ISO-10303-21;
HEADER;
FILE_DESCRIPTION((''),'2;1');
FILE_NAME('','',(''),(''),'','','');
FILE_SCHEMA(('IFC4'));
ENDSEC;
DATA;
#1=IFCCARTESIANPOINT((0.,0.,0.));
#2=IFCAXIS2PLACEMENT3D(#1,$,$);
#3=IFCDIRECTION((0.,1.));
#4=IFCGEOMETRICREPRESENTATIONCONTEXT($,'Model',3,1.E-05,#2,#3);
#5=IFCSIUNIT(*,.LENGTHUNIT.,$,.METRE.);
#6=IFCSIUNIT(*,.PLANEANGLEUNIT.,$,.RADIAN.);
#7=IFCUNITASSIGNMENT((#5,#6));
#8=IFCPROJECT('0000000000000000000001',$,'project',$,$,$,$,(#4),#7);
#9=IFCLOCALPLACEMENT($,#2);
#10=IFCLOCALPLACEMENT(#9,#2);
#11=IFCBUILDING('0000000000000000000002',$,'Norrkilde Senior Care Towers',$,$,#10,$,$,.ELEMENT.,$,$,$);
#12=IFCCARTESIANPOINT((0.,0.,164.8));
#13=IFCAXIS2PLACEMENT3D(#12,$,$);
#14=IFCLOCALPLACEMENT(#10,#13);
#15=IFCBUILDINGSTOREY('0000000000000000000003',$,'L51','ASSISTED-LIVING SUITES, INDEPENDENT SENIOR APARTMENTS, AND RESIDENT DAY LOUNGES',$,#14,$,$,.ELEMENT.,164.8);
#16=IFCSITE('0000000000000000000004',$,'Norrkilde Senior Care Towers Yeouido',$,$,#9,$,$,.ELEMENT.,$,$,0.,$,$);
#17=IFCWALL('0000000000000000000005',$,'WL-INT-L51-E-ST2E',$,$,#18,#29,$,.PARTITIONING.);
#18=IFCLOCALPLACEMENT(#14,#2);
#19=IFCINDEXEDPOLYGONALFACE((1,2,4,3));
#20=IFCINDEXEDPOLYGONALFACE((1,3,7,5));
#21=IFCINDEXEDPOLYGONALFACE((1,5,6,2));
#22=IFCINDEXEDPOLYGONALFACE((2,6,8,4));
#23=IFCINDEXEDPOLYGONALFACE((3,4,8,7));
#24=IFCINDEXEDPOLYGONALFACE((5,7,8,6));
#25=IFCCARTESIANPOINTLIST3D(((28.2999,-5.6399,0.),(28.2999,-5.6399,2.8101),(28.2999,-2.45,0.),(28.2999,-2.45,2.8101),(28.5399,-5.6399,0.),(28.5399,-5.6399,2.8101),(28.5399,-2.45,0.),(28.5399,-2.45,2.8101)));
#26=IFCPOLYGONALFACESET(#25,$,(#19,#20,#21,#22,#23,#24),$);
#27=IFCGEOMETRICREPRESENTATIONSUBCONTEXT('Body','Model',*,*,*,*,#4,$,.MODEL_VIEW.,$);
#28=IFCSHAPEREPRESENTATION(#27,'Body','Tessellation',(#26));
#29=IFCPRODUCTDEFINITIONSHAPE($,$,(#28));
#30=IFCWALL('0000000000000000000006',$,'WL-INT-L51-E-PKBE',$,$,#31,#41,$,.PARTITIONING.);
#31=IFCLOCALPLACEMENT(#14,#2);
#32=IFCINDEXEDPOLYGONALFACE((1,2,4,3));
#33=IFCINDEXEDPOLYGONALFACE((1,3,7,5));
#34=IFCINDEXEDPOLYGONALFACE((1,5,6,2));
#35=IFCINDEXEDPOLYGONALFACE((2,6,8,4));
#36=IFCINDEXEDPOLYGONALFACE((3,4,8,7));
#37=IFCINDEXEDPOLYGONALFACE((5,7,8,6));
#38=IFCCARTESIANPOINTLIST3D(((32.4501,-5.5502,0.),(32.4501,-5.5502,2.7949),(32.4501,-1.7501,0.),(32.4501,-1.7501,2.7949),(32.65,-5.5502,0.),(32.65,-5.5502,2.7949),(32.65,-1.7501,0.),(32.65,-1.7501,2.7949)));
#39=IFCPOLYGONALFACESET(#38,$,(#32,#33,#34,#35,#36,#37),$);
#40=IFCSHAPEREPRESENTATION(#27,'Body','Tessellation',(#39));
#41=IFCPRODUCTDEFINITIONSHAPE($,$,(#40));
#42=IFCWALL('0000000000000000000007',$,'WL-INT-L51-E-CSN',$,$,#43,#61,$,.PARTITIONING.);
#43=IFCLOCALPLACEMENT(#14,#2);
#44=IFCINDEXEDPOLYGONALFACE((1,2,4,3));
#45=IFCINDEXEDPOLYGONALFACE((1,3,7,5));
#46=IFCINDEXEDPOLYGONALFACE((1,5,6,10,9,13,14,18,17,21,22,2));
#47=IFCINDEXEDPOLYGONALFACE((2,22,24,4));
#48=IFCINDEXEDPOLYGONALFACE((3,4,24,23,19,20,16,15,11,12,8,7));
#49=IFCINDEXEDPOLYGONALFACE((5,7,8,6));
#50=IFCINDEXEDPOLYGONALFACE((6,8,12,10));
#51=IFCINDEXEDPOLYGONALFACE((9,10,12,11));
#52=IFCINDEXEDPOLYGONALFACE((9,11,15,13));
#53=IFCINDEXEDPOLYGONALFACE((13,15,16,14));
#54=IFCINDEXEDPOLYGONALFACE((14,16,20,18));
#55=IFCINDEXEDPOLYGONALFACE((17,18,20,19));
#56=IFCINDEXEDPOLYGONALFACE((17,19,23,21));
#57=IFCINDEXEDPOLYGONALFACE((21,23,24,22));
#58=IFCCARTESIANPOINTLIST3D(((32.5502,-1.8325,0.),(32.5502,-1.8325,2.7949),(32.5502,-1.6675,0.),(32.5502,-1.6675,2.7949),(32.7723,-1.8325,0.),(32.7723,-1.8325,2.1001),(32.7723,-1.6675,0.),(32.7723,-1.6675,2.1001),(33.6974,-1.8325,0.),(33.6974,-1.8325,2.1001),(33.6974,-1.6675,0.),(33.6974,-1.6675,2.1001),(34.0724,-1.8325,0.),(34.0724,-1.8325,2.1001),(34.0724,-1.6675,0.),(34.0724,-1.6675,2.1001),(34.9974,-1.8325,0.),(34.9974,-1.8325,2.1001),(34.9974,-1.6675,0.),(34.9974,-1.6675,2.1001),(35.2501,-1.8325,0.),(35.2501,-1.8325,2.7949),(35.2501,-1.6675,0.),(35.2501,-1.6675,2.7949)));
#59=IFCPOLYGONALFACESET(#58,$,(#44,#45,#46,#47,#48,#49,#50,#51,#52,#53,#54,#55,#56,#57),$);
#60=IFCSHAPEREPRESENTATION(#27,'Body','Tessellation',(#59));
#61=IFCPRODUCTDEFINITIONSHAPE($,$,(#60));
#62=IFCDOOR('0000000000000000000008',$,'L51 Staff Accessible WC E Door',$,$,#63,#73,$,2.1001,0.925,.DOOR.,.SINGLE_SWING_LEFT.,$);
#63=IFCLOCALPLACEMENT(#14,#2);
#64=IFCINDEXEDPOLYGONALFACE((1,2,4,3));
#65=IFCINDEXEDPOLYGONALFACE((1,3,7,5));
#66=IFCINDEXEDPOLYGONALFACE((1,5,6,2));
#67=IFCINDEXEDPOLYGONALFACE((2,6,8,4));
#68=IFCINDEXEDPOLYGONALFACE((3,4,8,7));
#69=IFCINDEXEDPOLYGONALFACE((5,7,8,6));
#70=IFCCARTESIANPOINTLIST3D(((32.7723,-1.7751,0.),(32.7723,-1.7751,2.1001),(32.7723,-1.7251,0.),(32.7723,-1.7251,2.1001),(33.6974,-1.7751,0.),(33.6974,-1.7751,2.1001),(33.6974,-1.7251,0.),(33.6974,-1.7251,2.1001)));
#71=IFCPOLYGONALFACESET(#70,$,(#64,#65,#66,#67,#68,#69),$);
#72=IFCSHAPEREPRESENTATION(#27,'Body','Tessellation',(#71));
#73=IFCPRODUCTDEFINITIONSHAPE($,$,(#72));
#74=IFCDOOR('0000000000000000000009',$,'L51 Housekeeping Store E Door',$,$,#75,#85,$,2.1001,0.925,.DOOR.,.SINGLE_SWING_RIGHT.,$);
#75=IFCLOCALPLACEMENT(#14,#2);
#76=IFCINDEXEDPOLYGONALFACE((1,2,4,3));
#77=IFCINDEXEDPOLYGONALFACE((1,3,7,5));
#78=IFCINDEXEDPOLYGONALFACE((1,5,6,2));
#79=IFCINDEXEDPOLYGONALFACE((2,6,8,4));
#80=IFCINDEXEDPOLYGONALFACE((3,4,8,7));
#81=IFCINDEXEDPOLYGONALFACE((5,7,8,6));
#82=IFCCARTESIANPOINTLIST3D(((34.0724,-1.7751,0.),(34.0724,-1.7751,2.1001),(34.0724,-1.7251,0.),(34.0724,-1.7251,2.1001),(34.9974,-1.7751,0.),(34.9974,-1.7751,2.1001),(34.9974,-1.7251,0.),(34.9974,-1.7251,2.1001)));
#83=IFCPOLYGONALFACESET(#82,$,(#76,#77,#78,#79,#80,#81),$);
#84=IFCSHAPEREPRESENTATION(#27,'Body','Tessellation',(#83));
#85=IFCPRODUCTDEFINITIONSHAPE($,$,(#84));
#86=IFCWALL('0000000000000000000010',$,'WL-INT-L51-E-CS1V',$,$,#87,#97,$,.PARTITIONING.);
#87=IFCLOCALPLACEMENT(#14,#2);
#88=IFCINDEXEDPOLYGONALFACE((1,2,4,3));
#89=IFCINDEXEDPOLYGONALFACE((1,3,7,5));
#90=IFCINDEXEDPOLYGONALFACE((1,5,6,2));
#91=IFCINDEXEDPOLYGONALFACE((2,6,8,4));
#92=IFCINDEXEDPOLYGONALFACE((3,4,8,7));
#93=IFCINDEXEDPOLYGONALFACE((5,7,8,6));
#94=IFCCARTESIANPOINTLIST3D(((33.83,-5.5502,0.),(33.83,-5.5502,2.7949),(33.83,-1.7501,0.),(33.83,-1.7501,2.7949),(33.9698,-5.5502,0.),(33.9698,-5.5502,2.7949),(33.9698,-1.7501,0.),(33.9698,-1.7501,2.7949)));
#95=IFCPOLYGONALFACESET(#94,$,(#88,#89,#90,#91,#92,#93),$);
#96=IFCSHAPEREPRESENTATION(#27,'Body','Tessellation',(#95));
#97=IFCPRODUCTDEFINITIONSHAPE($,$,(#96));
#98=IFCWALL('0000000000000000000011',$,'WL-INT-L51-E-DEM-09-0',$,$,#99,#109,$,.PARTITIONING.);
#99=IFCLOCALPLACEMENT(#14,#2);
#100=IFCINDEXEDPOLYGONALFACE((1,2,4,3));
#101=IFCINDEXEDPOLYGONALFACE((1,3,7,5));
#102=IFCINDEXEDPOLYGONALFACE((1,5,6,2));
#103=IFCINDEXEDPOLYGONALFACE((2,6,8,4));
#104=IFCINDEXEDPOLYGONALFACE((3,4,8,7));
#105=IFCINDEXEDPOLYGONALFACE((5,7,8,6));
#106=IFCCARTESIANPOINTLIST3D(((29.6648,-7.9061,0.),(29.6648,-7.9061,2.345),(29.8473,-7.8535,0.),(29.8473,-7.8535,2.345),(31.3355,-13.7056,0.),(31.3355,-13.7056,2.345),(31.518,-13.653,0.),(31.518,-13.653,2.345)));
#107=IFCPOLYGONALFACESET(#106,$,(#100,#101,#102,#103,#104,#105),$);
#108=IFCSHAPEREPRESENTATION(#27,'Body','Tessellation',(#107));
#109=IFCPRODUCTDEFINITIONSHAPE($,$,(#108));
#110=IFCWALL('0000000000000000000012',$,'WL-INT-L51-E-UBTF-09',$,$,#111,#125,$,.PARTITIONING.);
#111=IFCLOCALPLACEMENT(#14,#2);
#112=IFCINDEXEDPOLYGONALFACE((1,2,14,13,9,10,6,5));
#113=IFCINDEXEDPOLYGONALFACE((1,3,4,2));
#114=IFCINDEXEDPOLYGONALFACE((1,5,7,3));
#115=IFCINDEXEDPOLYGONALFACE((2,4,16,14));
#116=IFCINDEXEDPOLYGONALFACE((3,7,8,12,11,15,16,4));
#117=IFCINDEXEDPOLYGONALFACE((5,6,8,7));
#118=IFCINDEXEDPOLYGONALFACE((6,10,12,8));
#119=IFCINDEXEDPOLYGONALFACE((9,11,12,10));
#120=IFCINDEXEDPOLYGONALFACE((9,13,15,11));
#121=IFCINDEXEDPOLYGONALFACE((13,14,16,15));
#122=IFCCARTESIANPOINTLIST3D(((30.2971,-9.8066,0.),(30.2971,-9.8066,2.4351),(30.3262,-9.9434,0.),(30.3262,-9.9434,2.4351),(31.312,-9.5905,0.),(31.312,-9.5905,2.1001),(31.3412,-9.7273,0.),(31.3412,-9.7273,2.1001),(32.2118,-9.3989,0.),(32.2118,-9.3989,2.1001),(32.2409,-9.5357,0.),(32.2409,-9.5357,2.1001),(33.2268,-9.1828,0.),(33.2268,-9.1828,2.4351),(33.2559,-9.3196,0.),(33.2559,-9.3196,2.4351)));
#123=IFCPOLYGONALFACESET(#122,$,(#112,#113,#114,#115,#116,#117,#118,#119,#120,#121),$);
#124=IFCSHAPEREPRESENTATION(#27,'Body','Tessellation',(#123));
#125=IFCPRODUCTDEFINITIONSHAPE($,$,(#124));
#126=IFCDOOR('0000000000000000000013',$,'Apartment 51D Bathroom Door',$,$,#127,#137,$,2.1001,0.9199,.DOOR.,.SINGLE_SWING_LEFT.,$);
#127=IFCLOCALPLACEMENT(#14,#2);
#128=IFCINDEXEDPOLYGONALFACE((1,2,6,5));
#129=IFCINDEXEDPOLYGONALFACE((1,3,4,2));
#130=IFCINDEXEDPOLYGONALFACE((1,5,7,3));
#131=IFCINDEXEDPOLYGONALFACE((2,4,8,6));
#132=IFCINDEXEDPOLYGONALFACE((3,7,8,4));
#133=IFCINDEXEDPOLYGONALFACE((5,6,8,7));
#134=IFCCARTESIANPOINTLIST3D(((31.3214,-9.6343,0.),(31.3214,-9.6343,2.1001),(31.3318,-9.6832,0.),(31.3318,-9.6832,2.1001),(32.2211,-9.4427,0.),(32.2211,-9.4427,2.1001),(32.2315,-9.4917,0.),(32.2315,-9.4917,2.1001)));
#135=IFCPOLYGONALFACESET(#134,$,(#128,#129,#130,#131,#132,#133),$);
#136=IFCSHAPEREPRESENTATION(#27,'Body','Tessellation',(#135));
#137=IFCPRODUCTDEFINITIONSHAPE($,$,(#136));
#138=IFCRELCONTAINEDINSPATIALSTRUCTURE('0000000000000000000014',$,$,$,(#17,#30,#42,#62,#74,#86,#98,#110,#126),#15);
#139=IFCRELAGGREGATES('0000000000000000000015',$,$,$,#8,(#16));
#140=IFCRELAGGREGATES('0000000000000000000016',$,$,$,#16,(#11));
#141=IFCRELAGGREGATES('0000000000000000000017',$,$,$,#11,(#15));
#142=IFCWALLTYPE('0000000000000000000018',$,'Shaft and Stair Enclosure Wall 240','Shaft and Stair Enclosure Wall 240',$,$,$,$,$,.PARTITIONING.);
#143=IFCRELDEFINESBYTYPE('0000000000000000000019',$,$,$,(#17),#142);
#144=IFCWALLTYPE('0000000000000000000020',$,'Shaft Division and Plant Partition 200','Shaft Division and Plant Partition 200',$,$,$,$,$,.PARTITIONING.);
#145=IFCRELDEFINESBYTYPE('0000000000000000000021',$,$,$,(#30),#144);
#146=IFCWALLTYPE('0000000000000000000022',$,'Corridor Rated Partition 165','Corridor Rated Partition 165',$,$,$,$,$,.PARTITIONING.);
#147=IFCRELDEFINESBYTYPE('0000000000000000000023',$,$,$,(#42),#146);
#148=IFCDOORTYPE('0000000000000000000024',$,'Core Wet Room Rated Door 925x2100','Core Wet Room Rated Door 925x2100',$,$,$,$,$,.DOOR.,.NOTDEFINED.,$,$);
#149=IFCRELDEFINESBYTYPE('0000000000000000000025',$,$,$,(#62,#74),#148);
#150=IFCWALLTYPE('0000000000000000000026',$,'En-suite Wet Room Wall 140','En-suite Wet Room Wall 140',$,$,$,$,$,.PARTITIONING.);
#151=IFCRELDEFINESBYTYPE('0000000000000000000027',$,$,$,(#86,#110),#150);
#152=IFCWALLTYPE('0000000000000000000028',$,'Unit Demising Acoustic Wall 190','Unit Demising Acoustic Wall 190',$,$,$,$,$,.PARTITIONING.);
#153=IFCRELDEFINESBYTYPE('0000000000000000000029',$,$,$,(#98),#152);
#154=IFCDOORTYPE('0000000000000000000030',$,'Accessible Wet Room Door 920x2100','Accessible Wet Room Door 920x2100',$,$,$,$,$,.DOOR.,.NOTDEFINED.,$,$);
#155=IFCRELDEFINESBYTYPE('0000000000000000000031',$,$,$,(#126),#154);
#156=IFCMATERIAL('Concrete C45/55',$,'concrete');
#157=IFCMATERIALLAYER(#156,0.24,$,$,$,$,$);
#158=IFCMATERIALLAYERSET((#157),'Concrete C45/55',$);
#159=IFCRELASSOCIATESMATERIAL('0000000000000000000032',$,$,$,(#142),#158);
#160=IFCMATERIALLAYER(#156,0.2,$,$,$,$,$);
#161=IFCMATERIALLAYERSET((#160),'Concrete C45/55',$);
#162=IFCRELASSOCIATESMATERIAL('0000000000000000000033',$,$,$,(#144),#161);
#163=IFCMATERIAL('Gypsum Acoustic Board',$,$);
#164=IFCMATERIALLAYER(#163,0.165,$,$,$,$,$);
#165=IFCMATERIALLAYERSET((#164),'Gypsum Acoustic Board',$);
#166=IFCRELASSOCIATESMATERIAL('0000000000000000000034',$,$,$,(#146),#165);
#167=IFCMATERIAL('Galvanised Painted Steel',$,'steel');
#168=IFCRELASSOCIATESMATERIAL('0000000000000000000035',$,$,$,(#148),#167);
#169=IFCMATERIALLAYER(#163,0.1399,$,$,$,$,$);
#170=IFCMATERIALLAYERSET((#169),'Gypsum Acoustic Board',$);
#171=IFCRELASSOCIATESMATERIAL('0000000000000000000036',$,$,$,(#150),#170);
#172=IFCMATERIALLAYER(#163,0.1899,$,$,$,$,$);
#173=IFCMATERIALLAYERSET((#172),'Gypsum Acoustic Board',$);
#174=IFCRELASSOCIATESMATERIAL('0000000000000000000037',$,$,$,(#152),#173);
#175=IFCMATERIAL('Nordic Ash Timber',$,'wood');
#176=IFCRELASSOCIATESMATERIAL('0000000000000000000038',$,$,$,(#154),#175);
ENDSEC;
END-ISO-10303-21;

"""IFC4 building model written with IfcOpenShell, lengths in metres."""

from ifc_helpers import new_model, si_unit, direction, frame, frame_2d, origin, place, context, subcontext, project, spatial, rectangle, extrude, source, transform, mapped, material, layer, layer_set, type_object, type_shapes, element, fill, save


model = new_model("IFC4")

# Units and contexts
model_context = context("Model", 3, precision=1e-05, world=origin(), true_north=direction((0.0, 1.0)))
body_context = subcontext(model_context, "Body", "Model", "MODEL_VIEW")
ifc_project = project(units=[si_unit("LENGTHUNIT", "METRE"), si_unit("PLANEANGLEUNIT", "RADIAN")], contexts=[model_context])

# Site, building, storey
site_placement = place(None, origin())
site = spatial("IfcSite", under=ifc_project, at=site_placement, Name="Norrkilde Senior Care Towers Yeouido", CompositionType="ELEMENT", RefElevation=0.0)
building_placement = place(site_placement, origin())
building = spatial("IfcBuilding", under=site, at=building_placement, Name="Norrkilde Senior Care Towers", CompositionType="ELEMENT")
storey_placement = place(building_placement, frame((0.0, 0.0, 164.8)))
storey = spatial("IfcBuildingStorey", under=building, at=storey_placement, Name="L51", Description="ASSISTED-LIVING SUITES, INDEPENDENT SENIOR APARTMENTS, AND RESIDENT DAY LOUNGES", CompositionType="ELEMENT", Elevation=164.8)

# Walls
ifc_material_1 = material(Name="Concrete C45/55", Category="concrete")
ifc_layer_1 = layer(ifc_material_1, 0.24)
ifc_layer_set_1 = layer_set([ifc_layer_1], Name="Concrete C45/55")
wall_type_1 = type_object("IfcWallType", Name="Shaft and Stair Enclosure Wall 240", Description="Shaft and Stair Enclosure Wall 240", PredefinedType="PARTITIONING", material=ifc_layer_set_1)
shared_shape_1 = source(origin(), body_context, "Body", "SweptSolid", [
    extrude(rectangle(XDim=3.1899, YDim=0.24, at=frame_2d((1.595, 0.0))), origin(), (0.0, 0.0, 1.0), 2.8101),
])
type_shapes(wall_type_1, [shared_shape_1])
wall_1_placement = place(storey_placement, frame((28.4199, -5.6399, 0.0), z_axis=(0.0, 0.0, 1.0), x_axis=(0.0, 1.0, 0.0)))
element("IfcWall", 1, at=wall_1_placement, inside=storey, type_object=wall_type_1, Name="WL-INT-L51-E-ST2E", PredefinedType="PARTITIONING", context=body_context, shape_type="MappedRepresentation", body=[
    mapped(shared_shape_1, transform((0.0, 0.0, 0.0), x_axis=(1.0, 0.0, 0.0), y_axis=(0.0, 1.0, 0.0), z_axis=(0.0, 0.0, 1.0), scale=1.0)),
])
ifc_layer_2 = layer(ifc_material_1, 0.2)
ifc_layer_set_2 = layer_set([ifc_layer_2], Name="Concrete C45/55")
wall_type_2 = type_object("IfcWallType", Name="Shaft Division and Plant Partition 200", Description="Shaft Division and Plant Partition 200", PredefinedType="PARTITIONING", material=ifc_layer_set_2)
shared_shape_2 = source(origin(), body_context, "Body", "SweptSolid", [
    extrude(rectangle(XDim=3.8, YDim=0.2, at=frame_2d((1.8999, 0.0))), origin(), (0.0, 0.0, 1.0), 2.7949),
])
type_shapes(wall_type_2, [shared_shape_2])
wall_2_placement = place(storey_placement, frame((32.55, -5.55, 0.0), z_axis=(0.0, 0.0, 1.0), x_axis=(0.0, 1.0, 0.0)))
element("IfcWall", 2, at=wall_2_placement, inside=storey, type_object=wall_type_2, Name="WL-INT-L51-E-PKBE", PredefinedType="PARTITIONING", context=body_context, shape_type="MappedRepresentation", body=[
    mapped(shared_shape_2, transform((0.0, 0.0, 0.0), x_axis=(1.0, 0.0, 0.0), y_axis=(0.0, 1.0, 0.0), z_axis=(0.0, 0.0, 1.0), scale=1.0)),
])

# Wall, openings, doors
ifc_material_2 = material(Name="Gypsum Acoustic Board")
ifc_layer_3 = layer(ifc_material_2, 0.165)
ifc_layer_set_3 = layer_set([ifc_layer_3], Name="Gypsum Acoustic Board")
wall_type_3 = type_object("IfcWallType", Name="Corridor Rated Partition 165", Description="Corridor Rated Partition 165", PredefinedType="PARTITIONING", material=ifc_layer_set_3)
shared_shape_3 = source(origin(), body_context, "Body", "SweptSolid", [
    extrude(rectangle(XDim=2.7, YDim=0.165, at=frame_2d((1.3501, 0.0))), origin(), (0.0, 0.0, 1.0), 2.7949),
])
wall_3_placement = place(storey_placement, frame((32.55, -1.75, 0.0), z_axis=(0.0, 0.0, 1.0), x_axis=(1.0, 0.0, 0.0)))
wall_3 = element("IfcWall", 3, at=wall_3_placement, inside=storey, type_object=wall_type_3, Name="WL-INT-L51-E-CSN", PredefinedType="PARTITIONING", context=body_context, shape_type="MappedRepresentation", body=[
    mapped(shared_shape_3, transform((0.0, 0.0, 0.0), x_axis=(1.0, 0.0, 0.0), y_axis=(0.0, 1.0, 0.0), z_axis=(0.0, 0.0, 1.0), scale=1.0)),
])
opening_1_placement = place(wall_3_placement, frame((0.2224, 0.0, 0.0)))
opening_1 = element("IfcOpeningElement", 4, at=opening_1_placement, cuts=wall_3, PredefinedType="OPENING", context=body_context, shape_type="SweptSolid", body=[
    extrude(rectangle(XDim=0.925, YDim=2.1001, at=frame_2d((0.4624, 1.05))), frame((0.0, 0.0925, 0.0), z_axis=(0.0, -1.0, 0.0), x_axis=(1.0, 0.0, 0.0)), (0.0, 0.0, 1.0), 0.1851),
])
opening_2_placement = place(wall_3_placement, frame((1.5225, 0.0, 0.0)))
opening_2 = element("IfcOpeningElement", 5, at=opening_2_placement, cuts=wall_3, PredefinedType="OPENING", context=body_context, shape_type="SweptSolid", body=[
    extrude(rectangle(XDim=0.925, YDim=2.1001, at=frame_2d((0.4624, 1.05))), frame((0.0, 0.0925, 0.0), z_axis=(0.0, -1.0, 0.0), x_axis=(1.0, 0.0, 0.0)), (0.0, 0.0, 1.0), 0.1851),
])
ifc_material_3 = material(Name="Galvanised Painted Steel", Category="steel")
door_type_1 = type_object("IfcDoorType", Name="Core Wet Room Rated Door 925x2100", Description="Core Wet Room Rated Door 925x2100", OperationType="NOTDEFINED", PredefinedType="DOOR", material=ifc_material_3)
shared_shape_4 = source(origin(), body_context, "Body", "SweptSolid", [
    extrude(rectangle(XDim=0.925, YDim=2.1001, at=frame_2d((0.4624, 1.05))), frame((0.0, 0.0249, 0.0), z_axis=(0.0, -1.0, 0.0), x_axis=(1.0, 0.0, 0.0)), (0.0, 0.0, 1.0), 0.05),
])
type_shapes(door_type_1, [shared_shape_4])
door_1_placement = place(opening_1_placement, origin())
door_1 = element("IfcDoor", 6, at=door_1_placement, inside=storey, type_object=door_type_1, Name="L51 Staff Accessible WC E Door", OperationType="SINGLE_SWING_LEFT", OverallHeight=2.1001, OverallWidth=0.925, PredefinedType="DOOR", context=body_context, shape_type="MappedRepresentation", body=[
    mapped(shared_shape_4, transform((0.0, 0.0, 0.0), x_axis=(1.0, 0.0, 0.0), y_axis=(0.0, 1.0, 0.0), z_axis=(0.0, 0.0, 1.0), scale=1.0)),
])
fill(opening_1, door_1)
door_2_placement = place(opening_2_placement, origin())
door_2 = element("IfcDoor", 7, at=door_2_placement, inside=storey, type_object=door_type_1, Name="L51 Housekeeping Store E Door", OperationType="SINGLE_SWING_RIGHT", OverallHeight=2.1001, OverallWidth=0.925, PredefinedType="DOOR", context=body_context, shape_type="MappedRepresentation", body=[
    mapped(shared_shape_4, transform((0.0, 0.0, 0.0), x_axis=(1.0, 0.0, 0.0), y_axis=(0.0, 1.0, 0.0), z_axis=(0.0, 0.0, 1.0), scale=1.0)),
])
fill(opening_2, door_2)

# Walls
ifc_layer_4 = layer(ifc_material_2, 0.1399)
ifc_layer_set_4 = layer_set([ifc_layer_4], Name="Gypsum Acoustic Board")
wall_type_4 = type_object("IfcWallType", Name="En-suite Wet Room Wall 140", Description="En-suite Wet Room Wall 140", PredefinedType="PARTITIONING", material=ifc_layer_set_4)
shared_shape_5 = source(origin(), body_context, "Body", "SweptSolid", [
    extrude(rectangle(XDim=3.8, YDim=0.1399, at=frame_2d((1.8999, 0.0))), origin(), (0.0, 0.0, 1.0), 2.7949),
])
wall_4_placement = place(storey_placement, frame((33.8999, -5.55, 0.0), z_axis=(0.0, 0.0, 1.0), x_axis=(0.0, 1.0, 0.0)))
element("IfcWall", 8, at=wall_4_placement, inside=storey, type_object=wall_type_4, Name="WL-INT-L51-E-CS1V", PredefinedType="PARTITIONING", context=body_context, shape_type="MappedRepresentation", body=[
    mapped(shared_shape_5, transform((0.0, 0.0, 0.0), x_axis=(1.0, 0.0, 0.0), y_axis=(0.0, 1.0, 0.0), z_axis=(0.0, 0.0, 1.0), scale=1.0)),
])
ifc_layer_5 = layer(ifc_material_2, 0.1899)
ifc_layer_set_5 = layer_set([ifc_layer_5], Name="Gypsum Acoustic Board")
wall_type_5 = type_object("IfcWallType", Name="Unit Demising Acoustic Wall 190", Description="Unit Demising Acoustic Wall 190", PredefinedType="PARTITIONING", material=ifc_layer_set_5)
shared_shape_6 = source(origin(), body_context, "Body", "SweptSolid", [
    extrude(rectangle(XDim=6.0354, YDim=0.1899, at=frame_2d((3.0176, 0.0))), origin(), (0.0, 0.0, 1.0), 2.345),
])
type_shapes(wall_type_5, [shared_shape_6])
wall_5_placement = place(storey_placement, frame((29.7561, -7.8799, 0.0), z_axis=(0.0, 0.0, 1.0), x_axis=(0.276809, -0.960925, 0.0)))
element("IfcWall", 9, at=wall_5_placement, inside=storey, type_object=wall_type_5, Name="WL-INT-L51-E-DEM-09-0", PredefinedType="PARTITIONING", context=body_context, shape_type="MappedRepresentation", body=[
    mapped(shared_shape_6, transform((0.0, 0.0, 0.0), x_axis=(1.0, 0.0, 0.0), y_axis=(0.0, 1.0, 0.0), z_axis=(0.0, 0.0, 1.0), scale=1.0)),
])

# Wall, opening, door
shared_shape_7 = source(origin(), body_context, "Body", "SweptSolid", [
    extrude(rectangle(XDim=2.9954, YDim=0.1399, at=frame_2d((1.4976, 0.0))), origin(), (0.0, 0.0, 1.0), 2.4351),
])
wall_6_placement = place(storey_placement, frame((33.2412, -9.2512, 0.0), z_axis=(0.0, 0.0, 1.0), x_axis=(-0.978076, -0.208249, 0.0)))
wall_6 = element("IfcWall", 10, at=wall_6_placement, inside=storey, type_object=wall_type_4, Name="WL-INT-L51-E-UBTF-09", PredefinedType="PARTITIONING", context=body_context, shape_type="MappedRepresentation", body=[
    mapped(shared_shape_7, transform((0.0, 0.0, 0.0), x_axis=(1.0, 0.0, 0.0), y_axis=(0.0, 1.0, 0.0), z_axis=(0.0, 0.0, 1.0), scale=1.0)),
])
opening_3_placement = place(wall_6_placement, frame((1.0376, 0.0, 0.0)))
opening_3 = element("IfcOpeningElement", 11, at=opening_3_placement, cuts=wall_6, PredefinedType="OPENING", context=body_context, shape_type="SweptSolid", body=[
    extrude(rectangle(XDim=0.9199, YDim=2.1001, at=frame_2d((0.46, 1.05))), frame((0.0, 0.0798, 0.0), z_axis=(0.0, -1.0, 0.0), x_axis=(1.0, 0.0, 0.0)), (0.0, 0.0, 1.0), 0.1599),
])
ifc_material_4 = material(Name="Nordic Ash Timber", Category="wood")
door_type_2 = type_object("IfcDoorType", Name="Accessible Wet Room Door 920x2100", Description="Accessible Wet Room Door 920x2100", OperationType="NOTDEFINED", PredefinedType="DOOR", material=ifc_material_4)
shared_shape_8 = source(origin(), body_context, "Body", "SweptSolid", [
    extrude(rectangle(XDim=0.9199, YDim=2.1001, at=frame_2d((0.46, 1.05))), frame((0.0, 0.0249, 0.0), z_axis=(0.0, -1.0, 0.0), x_axis=(1.0, 0.0, 0.0)), (0.0, 0.0, 1.0), 0.05),
])
type_shapes(door_type_2, [shared_shape_8])
door_3_placement = place(opening_3_placement, origin())
door_3 = element("IfcDoor", 12, at=door_3_placement, inside=storey, type_object=door_type_2, Name="Apartment 51D Bathroom Door", OperationType="SINGLE_SWING_LEFT", OverallHeight=2.1001, OverallWidth=0.9199, PredefinedType="DOOR", context=body_context, shape_type="MappedRepresentation", body=[
    mapped(shared_shape_8, transform((0.0, 0.0, 0.0), x_axis=(1.0, 0.0, 0.0), y_axis=(0.0, 1.0, 0.0), z_axis=(0.0, 0.0, 1.0), scale=1.0)),
])
fill(opening_3, door_3)

save(model, "model.ifc")
